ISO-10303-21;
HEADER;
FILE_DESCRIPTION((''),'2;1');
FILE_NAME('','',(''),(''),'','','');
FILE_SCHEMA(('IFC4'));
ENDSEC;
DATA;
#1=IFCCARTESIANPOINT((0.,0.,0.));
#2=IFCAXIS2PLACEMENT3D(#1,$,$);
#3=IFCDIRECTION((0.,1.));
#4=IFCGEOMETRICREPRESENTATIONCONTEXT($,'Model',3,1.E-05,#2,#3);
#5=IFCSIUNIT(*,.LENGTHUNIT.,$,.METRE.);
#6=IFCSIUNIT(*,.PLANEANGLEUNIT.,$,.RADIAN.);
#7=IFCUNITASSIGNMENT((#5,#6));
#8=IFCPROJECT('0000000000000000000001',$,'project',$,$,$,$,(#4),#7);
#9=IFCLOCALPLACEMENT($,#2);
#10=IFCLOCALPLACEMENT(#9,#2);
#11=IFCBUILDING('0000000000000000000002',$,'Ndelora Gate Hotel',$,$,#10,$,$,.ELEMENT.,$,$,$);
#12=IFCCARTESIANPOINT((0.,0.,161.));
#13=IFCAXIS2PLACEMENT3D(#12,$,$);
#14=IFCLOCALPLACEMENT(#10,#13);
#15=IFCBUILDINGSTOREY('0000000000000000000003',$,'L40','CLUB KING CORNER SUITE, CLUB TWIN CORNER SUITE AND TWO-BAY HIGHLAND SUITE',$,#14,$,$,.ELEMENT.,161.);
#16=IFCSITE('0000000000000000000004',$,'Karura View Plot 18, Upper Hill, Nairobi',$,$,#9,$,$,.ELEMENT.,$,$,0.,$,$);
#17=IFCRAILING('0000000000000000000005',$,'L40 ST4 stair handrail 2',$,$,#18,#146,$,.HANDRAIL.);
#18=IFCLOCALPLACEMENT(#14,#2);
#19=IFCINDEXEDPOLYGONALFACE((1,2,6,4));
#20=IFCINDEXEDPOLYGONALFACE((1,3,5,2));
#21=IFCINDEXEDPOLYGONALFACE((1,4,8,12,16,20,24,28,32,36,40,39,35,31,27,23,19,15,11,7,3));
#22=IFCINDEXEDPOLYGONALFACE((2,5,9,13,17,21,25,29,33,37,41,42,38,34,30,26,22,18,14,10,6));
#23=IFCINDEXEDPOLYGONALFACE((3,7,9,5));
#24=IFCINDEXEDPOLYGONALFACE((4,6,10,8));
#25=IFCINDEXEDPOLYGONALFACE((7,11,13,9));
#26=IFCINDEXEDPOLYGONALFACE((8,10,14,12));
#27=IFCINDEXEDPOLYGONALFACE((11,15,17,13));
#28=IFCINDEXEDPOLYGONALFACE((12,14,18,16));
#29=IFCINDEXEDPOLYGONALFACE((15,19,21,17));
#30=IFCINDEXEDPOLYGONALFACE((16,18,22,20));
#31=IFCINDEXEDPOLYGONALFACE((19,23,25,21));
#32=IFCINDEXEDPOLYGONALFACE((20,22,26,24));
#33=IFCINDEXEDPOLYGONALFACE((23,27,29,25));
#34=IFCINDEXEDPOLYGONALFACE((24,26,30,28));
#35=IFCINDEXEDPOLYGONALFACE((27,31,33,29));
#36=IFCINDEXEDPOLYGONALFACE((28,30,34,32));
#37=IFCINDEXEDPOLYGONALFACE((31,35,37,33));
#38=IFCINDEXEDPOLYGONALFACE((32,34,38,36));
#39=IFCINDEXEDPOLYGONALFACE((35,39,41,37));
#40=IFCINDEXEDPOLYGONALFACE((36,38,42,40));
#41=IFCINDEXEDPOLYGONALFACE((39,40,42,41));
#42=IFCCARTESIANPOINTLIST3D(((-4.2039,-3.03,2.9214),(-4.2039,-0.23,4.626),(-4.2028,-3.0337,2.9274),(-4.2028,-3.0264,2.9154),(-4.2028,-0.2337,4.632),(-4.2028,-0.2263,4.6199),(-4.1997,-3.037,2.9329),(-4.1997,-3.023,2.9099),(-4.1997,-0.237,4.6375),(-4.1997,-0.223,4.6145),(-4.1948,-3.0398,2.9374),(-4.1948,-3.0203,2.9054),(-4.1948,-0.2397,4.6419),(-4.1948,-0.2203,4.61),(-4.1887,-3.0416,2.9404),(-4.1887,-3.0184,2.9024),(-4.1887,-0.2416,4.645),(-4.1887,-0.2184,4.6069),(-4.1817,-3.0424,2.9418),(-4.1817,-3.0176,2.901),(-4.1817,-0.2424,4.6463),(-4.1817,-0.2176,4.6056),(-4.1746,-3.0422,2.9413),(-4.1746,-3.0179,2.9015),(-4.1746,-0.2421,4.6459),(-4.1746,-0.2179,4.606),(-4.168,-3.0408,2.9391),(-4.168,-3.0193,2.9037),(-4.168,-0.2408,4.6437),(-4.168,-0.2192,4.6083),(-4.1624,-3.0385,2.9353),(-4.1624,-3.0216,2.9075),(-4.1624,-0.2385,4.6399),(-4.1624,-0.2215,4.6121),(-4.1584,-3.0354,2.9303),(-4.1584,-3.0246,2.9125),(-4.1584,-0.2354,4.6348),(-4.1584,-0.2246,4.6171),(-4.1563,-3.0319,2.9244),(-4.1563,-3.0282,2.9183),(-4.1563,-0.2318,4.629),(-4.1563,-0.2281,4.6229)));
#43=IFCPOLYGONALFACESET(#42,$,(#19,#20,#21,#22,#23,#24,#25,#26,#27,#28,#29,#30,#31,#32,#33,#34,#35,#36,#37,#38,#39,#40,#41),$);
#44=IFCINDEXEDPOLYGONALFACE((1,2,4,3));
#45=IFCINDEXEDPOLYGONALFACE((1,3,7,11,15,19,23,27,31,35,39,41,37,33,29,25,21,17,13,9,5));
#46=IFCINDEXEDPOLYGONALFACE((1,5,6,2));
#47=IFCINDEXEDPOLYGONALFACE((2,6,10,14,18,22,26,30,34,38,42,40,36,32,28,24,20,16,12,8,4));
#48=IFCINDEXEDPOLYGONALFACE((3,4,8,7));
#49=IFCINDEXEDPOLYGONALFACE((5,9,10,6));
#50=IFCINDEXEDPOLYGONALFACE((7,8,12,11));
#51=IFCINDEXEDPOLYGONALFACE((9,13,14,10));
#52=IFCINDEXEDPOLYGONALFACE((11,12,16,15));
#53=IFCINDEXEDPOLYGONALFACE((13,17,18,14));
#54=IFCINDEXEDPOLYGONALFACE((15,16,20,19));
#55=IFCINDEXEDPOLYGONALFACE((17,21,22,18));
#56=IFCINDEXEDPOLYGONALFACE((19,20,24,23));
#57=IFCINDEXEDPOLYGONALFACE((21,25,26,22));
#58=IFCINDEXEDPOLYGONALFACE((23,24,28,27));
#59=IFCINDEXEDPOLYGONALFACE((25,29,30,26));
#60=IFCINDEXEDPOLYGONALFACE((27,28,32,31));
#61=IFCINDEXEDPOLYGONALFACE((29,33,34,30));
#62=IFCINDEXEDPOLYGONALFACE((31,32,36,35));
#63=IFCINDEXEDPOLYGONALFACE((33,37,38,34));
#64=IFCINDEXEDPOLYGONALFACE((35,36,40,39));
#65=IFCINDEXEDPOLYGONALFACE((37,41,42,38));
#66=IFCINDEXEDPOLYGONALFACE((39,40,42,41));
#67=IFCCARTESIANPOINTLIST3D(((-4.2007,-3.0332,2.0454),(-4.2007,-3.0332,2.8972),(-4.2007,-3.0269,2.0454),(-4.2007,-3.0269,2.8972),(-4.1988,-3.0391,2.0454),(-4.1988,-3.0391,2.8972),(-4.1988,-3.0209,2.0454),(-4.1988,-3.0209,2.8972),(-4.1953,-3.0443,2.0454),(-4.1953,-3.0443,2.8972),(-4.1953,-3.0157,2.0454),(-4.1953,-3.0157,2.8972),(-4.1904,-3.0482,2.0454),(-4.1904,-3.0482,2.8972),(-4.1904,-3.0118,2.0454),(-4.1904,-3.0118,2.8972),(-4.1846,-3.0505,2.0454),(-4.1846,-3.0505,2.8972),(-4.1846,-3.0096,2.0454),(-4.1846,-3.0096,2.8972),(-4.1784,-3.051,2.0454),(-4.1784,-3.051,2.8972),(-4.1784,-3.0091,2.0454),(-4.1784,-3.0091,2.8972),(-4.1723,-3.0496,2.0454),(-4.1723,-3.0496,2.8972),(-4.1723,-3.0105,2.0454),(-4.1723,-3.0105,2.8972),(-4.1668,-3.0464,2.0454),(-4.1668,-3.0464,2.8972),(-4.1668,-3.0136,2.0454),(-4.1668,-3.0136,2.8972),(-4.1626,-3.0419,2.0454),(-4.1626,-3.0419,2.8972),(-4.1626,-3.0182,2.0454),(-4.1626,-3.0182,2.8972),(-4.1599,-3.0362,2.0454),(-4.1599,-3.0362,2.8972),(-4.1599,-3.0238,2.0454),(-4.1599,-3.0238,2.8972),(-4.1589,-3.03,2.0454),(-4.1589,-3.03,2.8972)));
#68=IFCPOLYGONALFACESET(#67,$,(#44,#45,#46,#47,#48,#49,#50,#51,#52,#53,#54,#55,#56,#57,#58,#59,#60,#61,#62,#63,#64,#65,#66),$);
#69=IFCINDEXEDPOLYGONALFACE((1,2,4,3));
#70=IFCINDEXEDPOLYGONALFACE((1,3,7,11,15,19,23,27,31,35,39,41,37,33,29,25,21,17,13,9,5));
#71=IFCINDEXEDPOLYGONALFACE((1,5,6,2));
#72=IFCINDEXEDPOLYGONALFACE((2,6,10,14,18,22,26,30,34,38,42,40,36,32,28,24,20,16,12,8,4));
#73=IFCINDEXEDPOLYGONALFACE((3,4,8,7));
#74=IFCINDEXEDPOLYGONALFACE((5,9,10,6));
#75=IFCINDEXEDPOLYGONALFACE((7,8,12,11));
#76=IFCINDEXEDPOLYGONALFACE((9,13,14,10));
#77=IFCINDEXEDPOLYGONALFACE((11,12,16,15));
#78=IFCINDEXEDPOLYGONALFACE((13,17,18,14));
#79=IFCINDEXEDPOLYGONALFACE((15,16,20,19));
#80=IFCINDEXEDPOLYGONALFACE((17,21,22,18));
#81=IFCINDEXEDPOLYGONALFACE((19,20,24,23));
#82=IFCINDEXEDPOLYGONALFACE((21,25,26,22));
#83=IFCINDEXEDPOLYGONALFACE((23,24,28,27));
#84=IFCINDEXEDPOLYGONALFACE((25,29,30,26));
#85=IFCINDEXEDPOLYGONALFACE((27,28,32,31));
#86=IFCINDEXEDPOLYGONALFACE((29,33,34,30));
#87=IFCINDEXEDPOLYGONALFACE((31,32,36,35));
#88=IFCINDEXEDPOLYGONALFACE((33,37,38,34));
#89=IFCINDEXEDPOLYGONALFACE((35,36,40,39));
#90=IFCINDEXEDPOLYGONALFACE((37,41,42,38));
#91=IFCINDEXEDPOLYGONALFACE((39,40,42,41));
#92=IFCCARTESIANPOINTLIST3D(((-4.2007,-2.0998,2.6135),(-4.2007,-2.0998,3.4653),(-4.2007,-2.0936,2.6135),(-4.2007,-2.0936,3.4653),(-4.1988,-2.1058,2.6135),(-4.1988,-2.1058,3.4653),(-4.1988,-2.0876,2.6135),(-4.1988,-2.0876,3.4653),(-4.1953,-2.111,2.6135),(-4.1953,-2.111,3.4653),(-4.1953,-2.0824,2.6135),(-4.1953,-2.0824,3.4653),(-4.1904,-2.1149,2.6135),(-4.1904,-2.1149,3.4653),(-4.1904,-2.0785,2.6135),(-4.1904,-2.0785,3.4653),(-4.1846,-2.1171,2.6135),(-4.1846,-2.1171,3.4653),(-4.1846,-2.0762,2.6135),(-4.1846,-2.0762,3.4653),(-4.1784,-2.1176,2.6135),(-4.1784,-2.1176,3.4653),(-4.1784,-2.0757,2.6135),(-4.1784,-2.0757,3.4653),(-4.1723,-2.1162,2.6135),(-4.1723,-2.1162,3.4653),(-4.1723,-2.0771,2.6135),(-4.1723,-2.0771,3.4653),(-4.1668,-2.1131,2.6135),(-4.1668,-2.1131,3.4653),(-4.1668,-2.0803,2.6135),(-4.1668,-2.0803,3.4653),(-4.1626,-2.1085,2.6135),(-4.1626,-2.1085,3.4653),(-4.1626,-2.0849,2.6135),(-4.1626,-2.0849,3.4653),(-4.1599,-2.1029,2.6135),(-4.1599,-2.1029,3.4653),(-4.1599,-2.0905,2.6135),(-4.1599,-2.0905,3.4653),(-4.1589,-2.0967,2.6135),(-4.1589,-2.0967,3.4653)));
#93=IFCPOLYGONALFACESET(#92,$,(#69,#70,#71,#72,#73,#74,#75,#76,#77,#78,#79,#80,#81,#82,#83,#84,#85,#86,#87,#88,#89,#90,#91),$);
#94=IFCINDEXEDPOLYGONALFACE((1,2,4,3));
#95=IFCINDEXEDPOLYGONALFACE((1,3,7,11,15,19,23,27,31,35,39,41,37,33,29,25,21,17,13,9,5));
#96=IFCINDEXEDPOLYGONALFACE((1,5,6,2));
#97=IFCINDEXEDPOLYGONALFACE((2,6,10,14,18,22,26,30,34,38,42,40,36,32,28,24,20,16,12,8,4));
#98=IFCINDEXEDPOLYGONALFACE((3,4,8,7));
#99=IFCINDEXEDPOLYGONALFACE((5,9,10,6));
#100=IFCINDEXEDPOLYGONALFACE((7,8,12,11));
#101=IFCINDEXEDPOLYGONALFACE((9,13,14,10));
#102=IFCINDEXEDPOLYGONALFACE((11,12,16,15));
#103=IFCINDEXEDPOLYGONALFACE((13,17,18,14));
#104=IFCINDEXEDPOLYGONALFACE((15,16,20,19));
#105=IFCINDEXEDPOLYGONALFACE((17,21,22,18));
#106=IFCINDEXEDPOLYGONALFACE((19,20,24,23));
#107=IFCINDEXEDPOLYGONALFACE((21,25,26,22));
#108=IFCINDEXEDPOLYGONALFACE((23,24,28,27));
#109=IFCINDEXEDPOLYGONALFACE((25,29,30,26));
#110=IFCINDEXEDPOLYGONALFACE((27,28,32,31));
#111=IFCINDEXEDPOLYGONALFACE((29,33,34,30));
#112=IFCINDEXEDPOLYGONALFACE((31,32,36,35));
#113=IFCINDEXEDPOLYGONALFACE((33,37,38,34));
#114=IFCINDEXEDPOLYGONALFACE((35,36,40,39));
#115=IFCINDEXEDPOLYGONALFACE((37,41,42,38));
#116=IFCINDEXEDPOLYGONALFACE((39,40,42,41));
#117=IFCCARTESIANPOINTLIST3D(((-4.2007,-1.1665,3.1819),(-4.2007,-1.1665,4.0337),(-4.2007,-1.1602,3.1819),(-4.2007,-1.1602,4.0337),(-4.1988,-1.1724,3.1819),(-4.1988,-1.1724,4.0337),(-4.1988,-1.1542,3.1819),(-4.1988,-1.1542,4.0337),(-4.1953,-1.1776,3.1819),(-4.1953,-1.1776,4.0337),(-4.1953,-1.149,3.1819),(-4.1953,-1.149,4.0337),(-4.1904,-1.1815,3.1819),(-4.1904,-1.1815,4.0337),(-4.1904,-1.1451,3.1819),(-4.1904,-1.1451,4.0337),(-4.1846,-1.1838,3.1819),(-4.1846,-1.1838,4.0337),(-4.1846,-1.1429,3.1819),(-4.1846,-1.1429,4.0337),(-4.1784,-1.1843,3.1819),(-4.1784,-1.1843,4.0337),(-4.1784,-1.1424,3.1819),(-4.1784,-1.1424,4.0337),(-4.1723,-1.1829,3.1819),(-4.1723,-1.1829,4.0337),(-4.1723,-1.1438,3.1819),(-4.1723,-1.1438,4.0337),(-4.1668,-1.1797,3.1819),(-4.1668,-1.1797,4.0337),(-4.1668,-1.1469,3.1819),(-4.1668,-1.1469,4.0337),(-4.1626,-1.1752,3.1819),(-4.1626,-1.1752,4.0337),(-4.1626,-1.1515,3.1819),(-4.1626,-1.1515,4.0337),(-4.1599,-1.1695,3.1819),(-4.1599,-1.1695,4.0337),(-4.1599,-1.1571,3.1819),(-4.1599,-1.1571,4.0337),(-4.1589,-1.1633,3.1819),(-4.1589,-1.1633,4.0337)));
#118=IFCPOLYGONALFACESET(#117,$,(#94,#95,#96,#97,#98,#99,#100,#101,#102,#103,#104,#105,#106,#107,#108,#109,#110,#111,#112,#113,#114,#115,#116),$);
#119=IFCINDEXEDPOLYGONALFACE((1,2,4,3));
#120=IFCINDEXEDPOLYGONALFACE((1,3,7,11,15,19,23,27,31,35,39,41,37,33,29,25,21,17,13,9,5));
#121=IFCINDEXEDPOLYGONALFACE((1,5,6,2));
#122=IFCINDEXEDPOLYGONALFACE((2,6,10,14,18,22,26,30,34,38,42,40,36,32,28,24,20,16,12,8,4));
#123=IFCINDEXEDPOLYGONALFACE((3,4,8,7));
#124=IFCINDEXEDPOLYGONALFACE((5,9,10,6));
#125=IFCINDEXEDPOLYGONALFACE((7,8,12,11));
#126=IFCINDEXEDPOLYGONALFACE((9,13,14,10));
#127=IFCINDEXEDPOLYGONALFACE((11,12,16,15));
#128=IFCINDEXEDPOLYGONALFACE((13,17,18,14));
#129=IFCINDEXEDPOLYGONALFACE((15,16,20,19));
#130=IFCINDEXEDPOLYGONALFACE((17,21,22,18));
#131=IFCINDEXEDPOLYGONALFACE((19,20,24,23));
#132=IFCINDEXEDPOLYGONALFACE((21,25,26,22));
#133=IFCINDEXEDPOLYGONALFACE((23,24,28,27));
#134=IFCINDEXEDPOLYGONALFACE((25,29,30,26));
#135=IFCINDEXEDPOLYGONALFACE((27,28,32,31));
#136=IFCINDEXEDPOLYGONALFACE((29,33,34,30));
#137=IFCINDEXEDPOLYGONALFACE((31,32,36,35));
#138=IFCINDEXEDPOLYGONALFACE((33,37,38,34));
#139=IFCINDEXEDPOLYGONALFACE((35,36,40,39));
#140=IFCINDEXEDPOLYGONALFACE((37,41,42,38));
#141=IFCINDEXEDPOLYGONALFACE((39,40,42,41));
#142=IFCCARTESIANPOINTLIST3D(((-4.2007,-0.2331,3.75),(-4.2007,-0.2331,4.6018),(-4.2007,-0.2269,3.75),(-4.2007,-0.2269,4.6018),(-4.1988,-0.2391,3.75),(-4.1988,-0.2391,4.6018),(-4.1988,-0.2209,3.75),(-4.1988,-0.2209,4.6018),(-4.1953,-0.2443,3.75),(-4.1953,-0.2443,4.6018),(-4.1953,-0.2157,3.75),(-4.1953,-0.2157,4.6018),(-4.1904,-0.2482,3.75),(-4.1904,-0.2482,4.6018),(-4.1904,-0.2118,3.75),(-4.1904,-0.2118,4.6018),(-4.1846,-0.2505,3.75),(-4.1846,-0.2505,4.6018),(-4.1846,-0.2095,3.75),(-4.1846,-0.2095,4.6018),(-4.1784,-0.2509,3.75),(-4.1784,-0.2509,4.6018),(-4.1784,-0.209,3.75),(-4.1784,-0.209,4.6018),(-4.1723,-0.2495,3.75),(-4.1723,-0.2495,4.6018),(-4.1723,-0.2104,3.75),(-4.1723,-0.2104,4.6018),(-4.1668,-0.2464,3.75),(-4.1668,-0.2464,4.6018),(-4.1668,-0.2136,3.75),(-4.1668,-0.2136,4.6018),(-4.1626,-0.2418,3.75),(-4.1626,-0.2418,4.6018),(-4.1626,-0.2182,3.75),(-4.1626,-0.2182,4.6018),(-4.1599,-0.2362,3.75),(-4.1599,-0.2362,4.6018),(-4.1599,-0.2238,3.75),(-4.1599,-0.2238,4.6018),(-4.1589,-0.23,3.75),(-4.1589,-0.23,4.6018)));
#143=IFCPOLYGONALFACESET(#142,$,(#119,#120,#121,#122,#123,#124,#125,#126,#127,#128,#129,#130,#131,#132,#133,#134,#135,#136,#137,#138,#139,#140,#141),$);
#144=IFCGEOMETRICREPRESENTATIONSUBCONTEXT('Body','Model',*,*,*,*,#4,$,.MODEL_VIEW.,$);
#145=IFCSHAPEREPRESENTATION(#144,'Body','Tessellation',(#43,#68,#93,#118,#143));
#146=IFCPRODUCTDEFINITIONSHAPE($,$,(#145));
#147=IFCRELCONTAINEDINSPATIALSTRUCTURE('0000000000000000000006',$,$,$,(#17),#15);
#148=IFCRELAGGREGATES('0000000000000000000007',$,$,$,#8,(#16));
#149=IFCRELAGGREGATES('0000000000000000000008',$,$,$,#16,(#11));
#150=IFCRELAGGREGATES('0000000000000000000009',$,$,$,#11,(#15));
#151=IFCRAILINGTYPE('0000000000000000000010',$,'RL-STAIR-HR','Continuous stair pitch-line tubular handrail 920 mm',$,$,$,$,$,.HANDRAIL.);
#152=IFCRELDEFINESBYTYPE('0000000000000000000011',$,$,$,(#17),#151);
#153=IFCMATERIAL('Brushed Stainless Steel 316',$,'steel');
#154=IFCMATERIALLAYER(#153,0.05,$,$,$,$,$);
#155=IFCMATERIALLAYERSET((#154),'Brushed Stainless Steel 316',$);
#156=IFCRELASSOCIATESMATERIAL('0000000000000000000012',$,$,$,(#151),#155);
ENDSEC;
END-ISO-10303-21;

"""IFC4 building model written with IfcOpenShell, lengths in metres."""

from ifc_helpers import new_model, si_unit, direction, frame, origin, origin_2d, place, context, subcontext, project, spatial, circle, extrude, material, layer, layer_set, type_object, element, save


model = new_model("IFC4")

# Units and contexts
model_context = context("Model", 3, precision=1e-05, world=origin(), true_north=direction((0.0, 1.0)))
body_context = subcontext(model_context, "Body", "Model", "MODEL_VIEW")
ifc_project = project(units=[si_unit("LENGTHUNIT", "METRE"), si_unit("PLANEANGLEUNIT", "RADIAN")], contexts=[model_context])

# Site, building, storey
site_placement = place(None, origin())
site = spatial("IfcSite", under=ifc_project, at=site_placement, Name="Karura View Plot 18, Upper Hill, Nairobi", CompositionType="ELEMENT", RefElevation=0.0)
building_placement = place(site_placement, origin())
building = spatial("IfcBuilding", under=site, at=building_placement, Name="Ndelora Gate Hotel", CompositionType="ELEMENT")
storey_placement = place(building_placement, frame((0.0, 0.0, 161.0)))
storey = spatial("IfcBuildingStorey", under=building, at=storey_placement, Name="L40", Description="CLUB KING CORNER SUITE, CLUB TWIN CORNER SUITE AND TWO-BAY HIGHLAND SUITE", CompositionType="ELEMENT", Elevation=161.0)

# Railing
ifc_material_1 = material(Name="Brushed Stainless Steel 316", Category="steel")
ifc_layer_1 = layer(ifc_material_1, 0.05)
ifc_layer_set_1 = layer_set([ifc_layer_1], Name="Brushed Stainless Steel 316")
railing_type_1 = type_object("IfcRailingType", Name="RL-STAIR-HR", Description="Continuous stair pitch-line tubular handrail 920 mm", PredefinedType="HANDRAIL", material=ifc_layer_set_1)
railing_1_placement = place(storey_placement, frame((-4.1799, -3.03, 2.0454)))
element("IfcRailing", 1, at=railing_1_placement, inside=storey, type_object=railing_type_1, Name="L40 ST4 stair handrail 2", PredefinedType="HANDRAIL", context=body_context, shape_type="SweptSolid", body=[
    extrude(circle(Radius=0.0239, at=origin_2d()), frame((0.0, 0.0, 0.876), z_axis=(0.0, 0.85417, 0.519994), x_axis=(-1.0, 0.0, 0.0)), (0.0, 0.0, 1.0), 3.2781),
    extrude(circle(Radius=0.021, at=origin_2d()), origin(), (0.0, 0.0, 1.0), 0.8518),
    extrude(circle(Radius=0.021, at=origin_2d()), frame((0.0, 0.9333, 0.5681)), (0.0, 0.0, 1.0), 0.8518),
    extrude(circle(Radius=0.021, at=origin_2d()), frame((0.0, 1.8667, 1.1365)), (0.0, 0.0, 1.0), 0.8518),
    extrude(circle(Radius=0.021, at=origin_2d()), frame((0.0, 2.8, 1.7046)), (0.0, 0.0, 1.0), 0.8518),
])

save(model, "model.ifc")
